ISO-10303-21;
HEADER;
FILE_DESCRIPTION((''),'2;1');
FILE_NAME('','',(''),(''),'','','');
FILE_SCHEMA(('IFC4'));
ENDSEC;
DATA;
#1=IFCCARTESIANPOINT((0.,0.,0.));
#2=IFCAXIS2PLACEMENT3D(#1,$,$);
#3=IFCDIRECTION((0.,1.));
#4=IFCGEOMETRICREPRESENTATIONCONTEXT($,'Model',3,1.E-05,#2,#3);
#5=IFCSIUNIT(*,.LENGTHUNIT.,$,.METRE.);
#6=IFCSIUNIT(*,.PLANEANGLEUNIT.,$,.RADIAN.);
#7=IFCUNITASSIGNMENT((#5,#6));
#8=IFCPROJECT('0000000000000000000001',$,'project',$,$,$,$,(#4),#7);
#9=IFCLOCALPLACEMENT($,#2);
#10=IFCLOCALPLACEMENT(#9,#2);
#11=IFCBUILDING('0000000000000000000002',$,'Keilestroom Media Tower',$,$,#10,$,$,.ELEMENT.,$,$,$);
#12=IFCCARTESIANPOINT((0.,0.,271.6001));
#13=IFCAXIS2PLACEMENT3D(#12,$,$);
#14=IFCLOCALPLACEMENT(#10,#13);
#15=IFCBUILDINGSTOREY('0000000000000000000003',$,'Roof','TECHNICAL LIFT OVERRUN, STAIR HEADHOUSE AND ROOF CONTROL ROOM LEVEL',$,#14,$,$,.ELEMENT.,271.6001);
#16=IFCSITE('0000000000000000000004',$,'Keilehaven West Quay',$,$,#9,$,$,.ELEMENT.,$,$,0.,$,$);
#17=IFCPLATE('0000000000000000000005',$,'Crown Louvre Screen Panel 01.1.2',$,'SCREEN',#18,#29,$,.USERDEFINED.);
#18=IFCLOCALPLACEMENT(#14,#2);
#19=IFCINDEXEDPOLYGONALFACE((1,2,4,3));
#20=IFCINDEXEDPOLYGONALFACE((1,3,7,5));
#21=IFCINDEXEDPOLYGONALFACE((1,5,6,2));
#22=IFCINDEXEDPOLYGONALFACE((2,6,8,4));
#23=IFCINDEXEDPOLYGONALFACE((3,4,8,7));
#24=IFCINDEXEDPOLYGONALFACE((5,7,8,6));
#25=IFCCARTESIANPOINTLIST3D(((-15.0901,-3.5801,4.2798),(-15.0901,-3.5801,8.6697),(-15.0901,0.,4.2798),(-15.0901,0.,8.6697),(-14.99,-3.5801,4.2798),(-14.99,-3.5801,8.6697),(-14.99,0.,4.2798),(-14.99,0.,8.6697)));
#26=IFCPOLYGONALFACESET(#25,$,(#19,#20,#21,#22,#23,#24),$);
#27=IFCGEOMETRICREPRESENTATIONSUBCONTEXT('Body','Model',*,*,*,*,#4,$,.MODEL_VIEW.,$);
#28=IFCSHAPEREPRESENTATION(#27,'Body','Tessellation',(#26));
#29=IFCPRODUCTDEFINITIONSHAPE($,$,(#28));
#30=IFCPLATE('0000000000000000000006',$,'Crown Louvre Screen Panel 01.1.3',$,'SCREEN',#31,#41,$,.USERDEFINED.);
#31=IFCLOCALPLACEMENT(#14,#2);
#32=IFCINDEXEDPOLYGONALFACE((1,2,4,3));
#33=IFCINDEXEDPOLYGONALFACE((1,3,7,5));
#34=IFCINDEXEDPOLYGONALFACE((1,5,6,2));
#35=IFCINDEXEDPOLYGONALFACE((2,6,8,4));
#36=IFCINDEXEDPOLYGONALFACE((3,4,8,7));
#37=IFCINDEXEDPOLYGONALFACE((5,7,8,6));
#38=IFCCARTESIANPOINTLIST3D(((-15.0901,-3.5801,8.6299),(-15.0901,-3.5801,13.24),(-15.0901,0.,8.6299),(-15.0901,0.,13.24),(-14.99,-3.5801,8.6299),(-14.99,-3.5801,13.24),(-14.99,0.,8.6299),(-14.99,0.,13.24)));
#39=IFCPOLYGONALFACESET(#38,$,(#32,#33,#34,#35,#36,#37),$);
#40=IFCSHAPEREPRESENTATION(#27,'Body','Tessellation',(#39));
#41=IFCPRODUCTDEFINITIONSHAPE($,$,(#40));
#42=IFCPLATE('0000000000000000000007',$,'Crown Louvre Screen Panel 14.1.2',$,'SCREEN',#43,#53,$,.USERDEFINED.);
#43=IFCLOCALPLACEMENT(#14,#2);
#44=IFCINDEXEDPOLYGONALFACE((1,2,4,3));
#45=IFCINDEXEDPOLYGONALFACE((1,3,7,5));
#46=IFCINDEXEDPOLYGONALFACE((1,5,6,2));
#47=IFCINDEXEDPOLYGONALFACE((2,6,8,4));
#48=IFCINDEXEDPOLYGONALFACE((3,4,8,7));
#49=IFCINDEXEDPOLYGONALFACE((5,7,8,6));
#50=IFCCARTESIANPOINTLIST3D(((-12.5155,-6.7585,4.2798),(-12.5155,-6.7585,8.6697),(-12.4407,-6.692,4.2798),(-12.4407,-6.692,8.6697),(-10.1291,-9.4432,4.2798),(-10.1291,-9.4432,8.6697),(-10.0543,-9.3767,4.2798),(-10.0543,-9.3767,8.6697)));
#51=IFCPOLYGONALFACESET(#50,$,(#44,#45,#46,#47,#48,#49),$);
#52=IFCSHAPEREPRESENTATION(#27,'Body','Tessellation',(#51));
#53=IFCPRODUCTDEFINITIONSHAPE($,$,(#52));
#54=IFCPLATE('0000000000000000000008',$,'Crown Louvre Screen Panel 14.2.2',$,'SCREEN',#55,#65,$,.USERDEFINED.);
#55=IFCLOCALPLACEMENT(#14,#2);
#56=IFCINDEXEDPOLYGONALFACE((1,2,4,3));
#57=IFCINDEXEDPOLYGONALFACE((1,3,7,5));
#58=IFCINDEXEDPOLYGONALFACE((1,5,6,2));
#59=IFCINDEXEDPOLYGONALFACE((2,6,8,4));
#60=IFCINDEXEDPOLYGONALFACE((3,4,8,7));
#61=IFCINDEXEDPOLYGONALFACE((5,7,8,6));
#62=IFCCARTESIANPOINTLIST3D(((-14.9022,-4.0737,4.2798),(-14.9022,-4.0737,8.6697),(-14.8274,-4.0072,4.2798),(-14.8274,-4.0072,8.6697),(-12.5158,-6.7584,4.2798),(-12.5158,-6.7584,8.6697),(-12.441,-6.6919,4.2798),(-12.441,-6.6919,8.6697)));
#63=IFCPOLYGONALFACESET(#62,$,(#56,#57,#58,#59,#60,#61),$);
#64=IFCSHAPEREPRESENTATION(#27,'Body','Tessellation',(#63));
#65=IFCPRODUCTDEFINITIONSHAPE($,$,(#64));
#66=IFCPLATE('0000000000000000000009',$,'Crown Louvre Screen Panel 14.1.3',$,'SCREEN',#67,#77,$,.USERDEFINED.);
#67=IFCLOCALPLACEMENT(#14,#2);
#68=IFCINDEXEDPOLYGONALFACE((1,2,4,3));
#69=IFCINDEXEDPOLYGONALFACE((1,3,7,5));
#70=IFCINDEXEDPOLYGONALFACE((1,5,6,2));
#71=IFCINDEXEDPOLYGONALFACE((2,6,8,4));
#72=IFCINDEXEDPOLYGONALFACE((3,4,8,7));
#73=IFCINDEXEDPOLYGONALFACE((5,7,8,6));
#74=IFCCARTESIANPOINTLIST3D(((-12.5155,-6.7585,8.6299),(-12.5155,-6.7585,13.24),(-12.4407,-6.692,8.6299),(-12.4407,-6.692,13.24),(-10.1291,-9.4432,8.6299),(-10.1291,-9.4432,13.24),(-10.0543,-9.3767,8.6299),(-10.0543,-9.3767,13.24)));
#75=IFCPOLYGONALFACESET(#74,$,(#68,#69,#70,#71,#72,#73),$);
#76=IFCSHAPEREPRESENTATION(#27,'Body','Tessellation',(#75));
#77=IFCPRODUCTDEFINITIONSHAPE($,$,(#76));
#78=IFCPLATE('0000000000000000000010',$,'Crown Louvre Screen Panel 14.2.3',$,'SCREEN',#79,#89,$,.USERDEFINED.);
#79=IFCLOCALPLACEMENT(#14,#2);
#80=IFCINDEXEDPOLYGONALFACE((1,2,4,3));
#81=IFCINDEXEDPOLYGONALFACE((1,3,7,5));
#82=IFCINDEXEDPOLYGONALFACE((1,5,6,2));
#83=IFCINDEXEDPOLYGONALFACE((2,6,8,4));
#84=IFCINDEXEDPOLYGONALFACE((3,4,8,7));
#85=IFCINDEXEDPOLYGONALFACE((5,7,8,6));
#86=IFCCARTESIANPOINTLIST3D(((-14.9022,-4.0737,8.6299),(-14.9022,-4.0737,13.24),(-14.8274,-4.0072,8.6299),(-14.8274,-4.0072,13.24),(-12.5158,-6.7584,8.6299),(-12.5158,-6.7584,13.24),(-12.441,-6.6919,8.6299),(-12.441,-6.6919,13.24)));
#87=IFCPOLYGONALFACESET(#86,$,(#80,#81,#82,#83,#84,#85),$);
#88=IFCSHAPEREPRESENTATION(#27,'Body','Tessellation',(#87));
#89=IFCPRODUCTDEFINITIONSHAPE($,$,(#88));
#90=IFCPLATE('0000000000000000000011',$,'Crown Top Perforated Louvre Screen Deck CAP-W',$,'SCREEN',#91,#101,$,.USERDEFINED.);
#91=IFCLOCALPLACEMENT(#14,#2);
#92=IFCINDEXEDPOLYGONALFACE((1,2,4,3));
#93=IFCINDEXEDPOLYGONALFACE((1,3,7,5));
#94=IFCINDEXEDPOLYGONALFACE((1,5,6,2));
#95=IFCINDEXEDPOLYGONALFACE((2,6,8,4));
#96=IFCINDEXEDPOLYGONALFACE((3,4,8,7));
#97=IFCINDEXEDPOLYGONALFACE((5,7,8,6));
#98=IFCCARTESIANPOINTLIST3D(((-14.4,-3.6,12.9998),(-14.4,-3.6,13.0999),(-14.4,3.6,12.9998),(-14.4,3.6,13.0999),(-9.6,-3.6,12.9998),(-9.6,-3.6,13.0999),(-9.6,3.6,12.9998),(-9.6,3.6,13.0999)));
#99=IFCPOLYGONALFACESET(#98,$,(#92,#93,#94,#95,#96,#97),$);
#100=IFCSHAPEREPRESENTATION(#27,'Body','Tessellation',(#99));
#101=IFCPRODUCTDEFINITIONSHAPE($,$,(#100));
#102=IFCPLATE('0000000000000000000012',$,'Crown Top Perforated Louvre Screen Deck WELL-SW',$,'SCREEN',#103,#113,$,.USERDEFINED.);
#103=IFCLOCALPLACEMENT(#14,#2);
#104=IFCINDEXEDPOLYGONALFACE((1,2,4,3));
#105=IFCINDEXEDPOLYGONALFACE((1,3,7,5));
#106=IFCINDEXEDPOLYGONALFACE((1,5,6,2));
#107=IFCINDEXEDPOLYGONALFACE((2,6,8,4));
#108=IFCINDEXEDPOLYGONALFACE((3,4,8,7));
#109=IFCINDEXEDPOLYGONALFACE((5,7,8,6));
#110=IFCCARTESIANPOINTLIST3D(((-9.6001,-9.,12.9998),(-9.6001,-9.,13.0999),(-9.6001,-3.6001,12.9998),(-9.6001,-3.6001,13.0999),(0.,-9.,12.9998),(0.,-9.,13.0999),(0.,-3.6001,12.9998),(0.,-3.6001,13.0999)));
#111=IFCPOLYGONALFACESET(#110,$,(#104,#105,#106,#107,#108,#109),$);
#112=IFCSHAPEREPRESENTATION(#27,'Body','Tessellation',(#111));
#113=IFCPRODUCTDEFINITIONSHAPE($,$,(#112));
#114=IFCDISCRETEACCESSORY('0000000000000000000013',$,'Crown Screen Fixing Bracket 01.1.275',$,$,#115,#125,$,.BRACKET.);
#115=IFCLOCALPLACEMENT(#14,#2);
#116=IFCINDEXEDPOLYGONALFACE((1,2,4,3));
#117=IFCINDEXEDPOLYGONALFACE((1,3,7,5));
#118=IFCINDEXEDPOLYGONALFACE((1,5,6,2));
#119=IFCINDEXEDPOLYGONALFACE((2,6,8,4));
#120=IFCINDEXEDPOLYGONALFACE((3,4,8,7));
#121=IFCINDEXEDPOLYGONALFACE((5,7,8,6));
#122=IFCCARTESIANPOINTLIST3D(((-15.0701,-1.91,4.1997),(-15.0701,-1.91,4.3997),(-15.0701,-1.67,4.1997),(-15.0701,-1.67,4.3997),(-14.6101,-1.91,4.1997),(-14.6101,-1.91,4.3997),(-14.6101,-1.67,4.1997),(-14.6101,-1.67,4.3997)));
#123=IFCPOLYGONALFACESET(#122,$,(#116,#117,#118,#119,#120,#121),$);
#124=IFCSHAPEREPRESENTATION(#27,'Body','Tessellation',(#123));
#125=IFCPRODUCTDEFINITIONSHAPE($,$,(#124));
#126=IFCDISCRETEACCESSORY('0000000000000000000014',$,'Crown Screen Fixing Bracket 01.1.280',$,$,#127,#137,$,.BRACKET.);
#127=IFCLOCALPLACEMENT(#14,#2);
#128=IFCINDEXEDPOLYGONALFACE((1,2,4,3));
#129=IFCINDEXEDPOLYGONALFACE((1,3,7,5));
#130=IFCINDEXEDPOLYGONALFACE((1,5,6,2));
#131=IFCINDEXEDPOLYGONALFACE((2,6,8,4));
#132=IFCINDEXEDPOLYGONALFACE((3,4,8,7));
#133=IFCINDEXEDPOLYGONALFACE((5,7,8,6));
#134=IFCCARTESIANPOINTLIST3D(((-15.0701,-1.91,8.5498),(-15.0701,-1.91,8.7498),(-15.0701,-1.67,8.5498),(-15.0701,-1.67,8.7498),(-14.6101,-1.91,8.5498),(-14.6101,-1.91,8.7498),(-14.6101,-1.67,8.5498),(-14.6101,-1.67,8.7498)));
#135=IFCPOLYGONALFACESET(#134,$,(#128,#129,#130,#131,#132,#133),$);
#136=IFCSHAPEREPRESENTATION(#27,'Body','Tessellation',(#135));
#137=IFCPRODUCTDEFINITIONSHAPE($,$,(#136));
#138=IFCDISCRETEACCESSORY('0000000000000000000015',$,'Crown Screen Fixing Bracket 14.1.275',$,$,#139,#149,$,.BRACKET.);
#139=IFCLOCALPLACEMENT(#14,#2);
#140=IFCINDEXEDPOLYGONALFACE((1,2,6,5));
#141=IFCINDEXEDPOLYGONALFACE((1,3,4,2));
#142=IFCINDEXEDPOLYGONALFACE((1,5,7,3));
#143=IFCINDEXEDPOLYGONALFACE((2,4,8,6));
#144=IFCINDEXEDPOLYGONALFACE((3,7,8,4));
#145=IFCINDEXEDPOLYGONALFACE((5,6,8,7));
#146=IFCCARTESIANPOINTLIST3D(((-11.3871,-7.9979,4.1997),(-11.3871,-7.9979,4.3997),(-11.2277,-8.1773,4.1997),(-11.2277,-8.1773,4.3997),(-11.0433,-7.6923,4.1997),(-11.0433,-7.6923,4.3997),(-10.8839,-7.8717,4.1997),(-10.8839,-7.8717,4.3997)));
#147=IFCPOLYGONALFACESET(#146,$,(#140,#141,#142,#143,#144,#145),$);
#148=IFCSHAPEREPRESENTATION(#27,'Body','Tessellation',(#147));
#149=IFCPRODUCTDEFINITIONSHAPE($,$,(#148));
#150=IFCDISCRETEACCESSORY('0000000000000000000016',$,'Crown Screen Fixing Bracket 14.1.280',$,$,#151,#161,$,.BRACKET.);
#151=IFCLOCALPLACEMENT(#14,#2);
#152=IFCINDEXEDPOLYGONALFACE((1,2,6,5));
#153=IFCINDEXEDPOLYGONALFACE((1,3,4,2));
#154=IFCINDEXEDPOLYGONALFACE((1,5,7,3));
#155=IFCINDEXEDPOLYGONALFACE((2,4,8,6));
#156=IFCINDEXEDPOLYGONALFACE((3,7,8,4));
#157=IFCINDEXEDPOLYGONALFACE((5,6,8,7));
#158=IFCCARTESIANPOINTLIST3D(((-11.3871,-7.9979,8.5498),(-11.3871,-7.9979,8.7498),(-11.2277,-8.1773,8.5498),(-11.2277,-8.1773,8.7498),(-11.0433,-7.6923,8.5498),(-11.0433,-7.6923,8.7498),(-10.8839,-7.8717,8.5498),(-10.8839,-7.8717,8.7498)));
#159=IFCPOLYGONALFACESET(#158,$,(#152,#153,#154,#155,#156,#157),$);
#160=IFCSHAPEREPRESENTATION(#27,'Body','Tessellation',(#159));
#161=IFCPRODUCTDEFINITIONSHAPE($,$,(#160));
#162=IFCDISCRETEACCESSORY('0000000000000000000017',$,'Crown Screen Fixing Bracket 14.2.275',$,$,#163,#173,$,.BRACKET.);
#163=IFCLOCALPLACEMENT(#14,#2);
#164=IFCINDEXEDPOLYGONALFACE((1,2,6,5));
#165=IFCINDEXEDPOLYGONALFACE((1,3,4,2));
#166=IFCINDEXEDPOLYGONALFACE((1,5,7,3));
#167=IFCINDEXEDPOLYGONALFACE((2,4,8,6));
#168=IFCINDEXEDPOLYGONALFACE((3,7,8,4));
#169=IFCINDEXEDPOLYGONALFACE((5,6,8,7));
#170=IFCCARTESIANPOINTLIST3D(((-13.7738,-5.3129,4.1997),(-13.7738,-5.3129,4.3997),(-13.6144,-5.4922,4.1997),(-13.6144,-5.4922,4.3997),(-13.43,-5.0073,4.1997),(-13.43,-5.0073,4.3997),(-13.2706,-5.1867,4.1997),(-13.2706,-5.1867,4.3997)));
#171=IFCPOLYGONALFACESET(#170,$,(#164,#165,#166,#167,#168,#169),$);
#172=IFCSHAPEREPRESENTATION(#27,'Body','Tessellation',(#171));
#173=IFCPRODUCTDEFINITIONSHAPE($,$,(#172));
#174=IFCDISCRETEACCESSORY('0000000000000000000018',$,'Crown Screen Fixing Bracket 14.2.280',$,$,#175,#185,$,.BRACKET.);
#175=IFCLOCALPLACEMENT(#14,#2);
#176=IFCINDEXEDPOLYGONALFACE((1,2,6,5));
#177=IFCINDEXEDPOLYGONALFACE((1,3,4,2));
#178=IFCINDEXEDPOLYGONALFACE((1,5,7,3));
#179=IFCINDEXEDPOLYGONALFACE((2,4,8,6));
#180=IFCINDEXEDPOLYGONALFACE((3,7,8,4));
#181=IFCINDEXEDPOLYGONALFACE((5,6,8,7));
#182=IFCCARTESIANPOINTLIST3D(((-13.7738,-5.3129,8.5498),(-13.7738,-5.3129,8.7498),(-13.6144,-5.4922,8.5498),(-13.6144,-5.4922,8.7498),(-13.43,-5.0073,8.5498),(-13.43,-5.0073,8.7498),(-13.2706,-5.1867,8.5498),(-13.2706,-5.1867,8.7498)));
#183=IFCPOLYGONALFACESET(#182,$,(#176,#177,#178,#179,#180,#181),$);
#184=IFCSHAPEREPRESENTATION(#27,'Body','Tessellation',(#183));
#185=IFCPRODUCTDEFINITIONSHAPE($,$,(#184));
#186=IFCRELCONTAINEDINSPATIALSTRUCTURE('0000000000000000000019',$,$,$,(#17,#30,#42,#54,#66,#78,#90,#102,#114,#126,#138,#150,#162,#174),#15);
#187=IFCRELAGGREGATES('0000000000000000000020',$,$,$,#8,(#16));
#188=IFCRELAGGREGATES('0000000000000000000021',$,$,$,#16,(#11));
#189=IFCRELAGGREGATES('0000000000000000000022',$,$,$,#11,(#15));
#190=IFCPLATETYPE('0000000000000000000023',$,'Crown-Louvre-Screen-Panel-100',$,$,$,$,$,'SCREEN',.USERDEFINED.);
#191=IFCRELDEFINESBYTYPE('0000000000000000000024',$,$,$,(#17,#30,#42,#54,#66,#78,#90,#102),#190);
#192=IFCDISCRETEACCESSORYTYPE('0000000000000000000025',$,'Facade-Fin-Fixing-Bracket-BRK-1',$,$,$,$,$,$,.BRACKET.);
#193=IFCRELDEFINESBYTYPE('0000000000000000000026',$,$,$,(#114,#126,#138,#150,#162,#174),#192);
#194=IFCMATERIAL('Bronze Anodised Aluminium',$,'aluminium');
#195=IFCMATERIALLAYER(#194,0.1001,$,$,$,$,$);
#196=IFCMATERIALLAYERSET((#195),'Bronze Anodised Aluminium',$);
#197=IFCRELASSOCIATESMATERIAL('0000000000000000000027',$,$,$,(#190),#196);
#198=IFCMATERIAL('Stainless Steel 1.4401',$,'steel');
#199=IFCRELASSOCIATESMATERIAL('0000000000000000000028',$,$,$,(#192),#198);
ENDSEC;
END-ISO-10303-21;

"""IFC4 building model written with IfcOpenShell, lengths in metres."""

from ifc_helpers import new_model, si_unit, direction, frame, origin, origin_2d, place, context, subcontext, project, spatial, rectangle, extrude, source, transform, mapped, material, layer, layer_set, type_object, element, save


model = new_model("IFC4")

# Units and contexts
model_context = context("Model", 3, precision=1e-05, world=origin(), true_north=direction((0.0, 1.0)))
body_context = subcontext(model_context, "Body", "Model", "MODEL_VIEW")
ifc_project = project(units=[si_unit("LENGTHUNIT", "METRE"), si_unit("PLANEANGLEUNIT", "RADIAN")], contexts=[model_context])

# Site, building, storey
site_placement = place(None, origin())
site = spatial("IfcSite", under=ifc_project, at=site_placement, Name="Keilehaven West Quay", CompositionType="ELEMENT", RefElevation=0.0)
building_placement = place(site_placement, origin())
building = spatial("IfcBuilding", under=site, at=building_placement, Name="Keilestroom Media Tower", CompositionType="ELEMENT")
storey_placement = place(building_placement, frame((0.0, 0.0, 271.6001)))
storey = spatial("IfcBuildingStorey", under=building, at=storey_placement, Name="Roof", Description="TECHNICAL LIFT OVERRUN, STAIR HEADHOUSE AND ROOF CONTROL ROOM LEVEL", CompositionType="ELEMENT", Elevation=271.6001)

# Plates
ifc_material_1 = material(Name="Bronze Anodised Aluminium", Category="aluminium")
ifc_layer_1 = layer(ifc_material_1, 0.1001)
ifc_layer_set_1 = layer_set([ifc_layer_1], Name="Bronze Anodised Aluminium")
plate_type_1 = type_object("IfcPlateType", Name="Crown-Louvre-Screen-Panel-100", ElementType="SCREEN", PredefinedType="USERDEFINED", material=ifc_layer_set_1)
shared_shape_1 = source(origin(), body_context, "Body", "SweptSolid", [
    extrude(rectangle(XDim=3.5801, YDim=0.1001, at=origin_2d()), origin(), (0.0, 0.0, 1.0), 4.3899),
])
plate_1_placement = place(storey_placement, frame((-15.04, -1.79, 4.2798), z_axis=(0.0, 0.0, 1.0), x_axis=(0.0, 1.0, 0.0)))
element("IfcPlate", 1, at=plate_1_placement, inside=storey, type_object=plate_type_1, Name="Crown Louvre Screen Panel 01.1.2", ObjectType="SCREEN", PredefinedType="USERDEFINED", context=body_context, shape_type="MappedRepresentation", body=[
    mapped(shared_shape_1, transform((0.0, 0.0, 0.0), x_axis=(1.0, 0.0, 0.0), y_axis=(0.0, 1.0, 0.0), z_axis=(0.0, 0.0, 1.0), scale=1.0)),
])
shared_shape_2 = source(origin(), body_context, "Body", "SweptSolid", [
    extrude(rectangle(XDim=3.5801, YDim=0.1001, at=origin_2d()), origin(), (0.0, 0.0, 1.0), 4.6101),
])
plate_2_placement = place(storey_placement, frame((-15.04, -1.79, 8.6299), z_axis=(0.0, 0.0, 1.0), x_axis=(0.0, 1.0, 0.0)))
element("IfcPlate", 2, at=plate_2_placement, inside=storey, type_object=plate_type_1, Name="Crown Louvre Screen Panel 01.1.3", ObjectType="SCREEN", PredefinedType="USERDEFINED", context=body_context, shape_type="MappedRepresentation", body=[
    mapped(shared_shape_2, transform((0.0, 0.0, 0.0), x_axis=(1.0, 0.0, 0.0), y_axis=(0.0, 1.0, 0.0), z_axis=(0.0, 0.0, 1.0), scale=1.0)),
])
shared_shape_3 = source(origin(), body_context, "Body", "SweptSolid", [
    extrude(rectangle(XDim=3.592, YDim=0.1001, at=origin_2d()), origin(), (0.0, 0.0, 1.0), 4.3899),
])
for number, where, z_axis, x_axis, name in (
    (3, (-11.2849, -8.0676, 4.2798), (0.0, 0.0, 1.0), (-0.664363, 0.74741, 0.0), "Crown Louvre Screen Panel 14.1.2"),
    (4, (-13.6716, -5.3828, 4.2798), (0.0, 0.0, 1.0), (-0.664363, 0.74741, 0.0), "Crown Louvre Screen Panel 14.2.2"),
):
    element("IfcPlate", number, at=place(storey_placement, frame(where, z_axis=z_axis, x_axis=x_axis)), inside=storey, type_object=plate_type_1, Name=name, ObjectType="SCREEN", PredefinedType="USERDEFINED", context=body_context, shape_type="MappedRepresentation", body=[
        mapped(shared_shape_3, transform((0.0, 0.0, 0.0), x_axis=(1.0, 0.0, 0.0), y_axis=(0.0, 1.0, 0.0), z_axis=(0.0, 0.0, 1.0), scale=1.0)),
    ])
shared_shape_4 = source(origin(), body_context, "Body", "SweptSolid", [
    extrude(rectangle(XDim=3.592, YDim=0.1001, at=origin_2d()), origin(), (0.0, 0.0, 1.0), 4.6101),
])
for number, where, z_axis, x_axis, name in (
    (5, (-11.2849, -8.0676, 8.6299), (0.0, 0.0, 1.0), (-0.664363, 0.74741, 0.0), "Crown Louvre Screen Panel 14.1.3"),
    (6, (-13.6716, -5.3828, 8.6299), (0.0, 0.0, 1.0), (-0.664363, 0.74741, 0.0), "Crown Louvre Screen Panel 14.2.3"),
):
    element("IfcPlate", number, at=place(storey_placement, frame(where, z_axis=z_axis, x_axis=x_axis)), inside=storey, type_object=plate_type_1, Name=name, ObjectType="SCREEN", PredefinedType="USERDEFINED", context=body_context, shape_type="MappedRepresentation", body=[
        mapped(shared_shape_4, transform((0.0, 0.0, 0.0), x_axis=(1.0, 0.0, 0.0), y_axis=(0.0, 1.0, 0.0), z_axis=(0.0, 0.0, 1.0), scale=1.0)),
    ])
shared_shape_5 = source(origin(), body_context, "Body", "SweptSolid", [
    extrude(rectangle(XDim=4.8, YDim=7.2, at=origin_2d()), origin(), (0.0, 0.0, 1.0), 0.1001),
])
plate_3_placement = place(storey_placement, frame((-12.0, 0.0, 12.9998), z_axis=(0.0, 0.0, 1.0), x_axis=(1.0, 0.0, 0.0)))
element("IfcPlate", 7, at=plate_3_placement, inside=storey, type_object=plate_type_1, Name="Crown Top Perforated Louvre Screen Deck CAP-W", ObjectType="SCREEN", PredefinedType="USERDEFINED", context=body_context, shape_type="MappedRepresentation", body=[
    mapped(shared_shape_5, transform((0.0, 0.0, 0.0), x_axis=(1.0, 0.0, 0.0), y_axis=(0.0, 1.0, 0.0), z_axis=(0.0, 0.0, 1.0), scale=1.0)),
])
shared_shape_6 = source(origin(), body_context, "Body", "SweptSolid", [
    extrude(rectangle(XDim=9.6001, YDim=5.3999, at=origin_2d()), origin(), (0.0, 0.0, 1.0), 0.1001),
])
plate_4_placement = place(storey_placement, frame((-4.8, -6.3, 12.9998), z_axis=(0.0, 0.0, 1.0), x_axis=(1.0, 0.0, 0.0)))
element("IfcPlate", 8, at=plate_4_placement, inside=storey, type_object=plate_type_1, Name="Crown Top Perforated Louvre Screen Deck WELL-SW", ObjectType="SCREEN", PredefinedType="USERDEFINED", context=body_context, shape_type="MappedRepresentation", body=[
    mapped(shared_shape_6, transform((0.0, 0.0, 0.0), x_axis=(1.0, 0.0, 0.0), y_axis=(0.0, 1.0, 0.0), z_axis=(0.0, 0.0, 1.0), scale=1.0)),
])

# Discrete accessories
ifc_material_2 = material(Name="Stainless Steel 1.4401", Category="steel")
discrete_accessory_type = type_object("IfcDiscreteAccessoryType", Name="Facade-Fin-Fixing-Bracket-BRK-1", PredefinedType="BRACKET", material=ifc_material_2)
shared_shape_7 = source(origin(), body_context, "Body", "SweptSolid", [
    extrude(rectangle(XDim=0.24, YDim=0.46, at=origin_2d()), origin(), (0.0, 0.0, 1.0), 0.2),
])
for number, where, z_axis, x_axis, name in (
    (9, (-14.8401, -1.79, 4.1997), (0.0, 0.0, 1.0), (0.0, 1.0, 0.0), "Crown Screen Fixing Bracket 01.1.275"),
    (10, (-14.8401, -1.79, 8.5498), (0.0, 0.0, 1.0), (0.0, 1.0, 0.0), "Crown Screen Fixing Bracket 01.1.280"),
    (11, (-11.1355, -7.9348, 4.1997), (0.0, 0.0, 1.0), (-0.664363, 0.74741, 0.0), "Crown Screen Fixing Bracket 14.1.275"),
    (12, (-11.1355, -7.9348, 8.5498), (0.0, 0.0, 1.0), (-0.664363, 0.74741, 0.0), "Crown Screen Fixing Bracket 14.1.280"),
    (13, (-13.5222, -5.2498, 4.1997), (0.0, 0.0, 1.0), (-0.664363, 0.74741, 0.0), "Crown Screen Fixing Bracket 14.2.275"),
    (14, (-13.5222, -5.2498, 8.5498), (0.0, 0.0, 1.0), (-0.664363, 0.74741, 0.0), "Crown Screen Fixing Bracket 14.2.280"),
):
    element("IfcDiscreteAccessory", number, at=place(storey_placement, frame(where, z_axis=z_axis, x_axis=x_axis)), inside=storey, type_object=discrete_accessory_type, Name=name, PredefinedType="BRACKET", context=body_context, shape_type="MappedRepresentation", body=[
        mapped(shared_shape_7, transform((0.0, 0.0, 0.0), x_axis=(1.0, 0.0, 0.0), y_axis=(0.0, 1.0, 0.0), z_axis=(0.0, 0.0, 1.0), scale=1.0)),
    ])

save(model, "model.ifc")
